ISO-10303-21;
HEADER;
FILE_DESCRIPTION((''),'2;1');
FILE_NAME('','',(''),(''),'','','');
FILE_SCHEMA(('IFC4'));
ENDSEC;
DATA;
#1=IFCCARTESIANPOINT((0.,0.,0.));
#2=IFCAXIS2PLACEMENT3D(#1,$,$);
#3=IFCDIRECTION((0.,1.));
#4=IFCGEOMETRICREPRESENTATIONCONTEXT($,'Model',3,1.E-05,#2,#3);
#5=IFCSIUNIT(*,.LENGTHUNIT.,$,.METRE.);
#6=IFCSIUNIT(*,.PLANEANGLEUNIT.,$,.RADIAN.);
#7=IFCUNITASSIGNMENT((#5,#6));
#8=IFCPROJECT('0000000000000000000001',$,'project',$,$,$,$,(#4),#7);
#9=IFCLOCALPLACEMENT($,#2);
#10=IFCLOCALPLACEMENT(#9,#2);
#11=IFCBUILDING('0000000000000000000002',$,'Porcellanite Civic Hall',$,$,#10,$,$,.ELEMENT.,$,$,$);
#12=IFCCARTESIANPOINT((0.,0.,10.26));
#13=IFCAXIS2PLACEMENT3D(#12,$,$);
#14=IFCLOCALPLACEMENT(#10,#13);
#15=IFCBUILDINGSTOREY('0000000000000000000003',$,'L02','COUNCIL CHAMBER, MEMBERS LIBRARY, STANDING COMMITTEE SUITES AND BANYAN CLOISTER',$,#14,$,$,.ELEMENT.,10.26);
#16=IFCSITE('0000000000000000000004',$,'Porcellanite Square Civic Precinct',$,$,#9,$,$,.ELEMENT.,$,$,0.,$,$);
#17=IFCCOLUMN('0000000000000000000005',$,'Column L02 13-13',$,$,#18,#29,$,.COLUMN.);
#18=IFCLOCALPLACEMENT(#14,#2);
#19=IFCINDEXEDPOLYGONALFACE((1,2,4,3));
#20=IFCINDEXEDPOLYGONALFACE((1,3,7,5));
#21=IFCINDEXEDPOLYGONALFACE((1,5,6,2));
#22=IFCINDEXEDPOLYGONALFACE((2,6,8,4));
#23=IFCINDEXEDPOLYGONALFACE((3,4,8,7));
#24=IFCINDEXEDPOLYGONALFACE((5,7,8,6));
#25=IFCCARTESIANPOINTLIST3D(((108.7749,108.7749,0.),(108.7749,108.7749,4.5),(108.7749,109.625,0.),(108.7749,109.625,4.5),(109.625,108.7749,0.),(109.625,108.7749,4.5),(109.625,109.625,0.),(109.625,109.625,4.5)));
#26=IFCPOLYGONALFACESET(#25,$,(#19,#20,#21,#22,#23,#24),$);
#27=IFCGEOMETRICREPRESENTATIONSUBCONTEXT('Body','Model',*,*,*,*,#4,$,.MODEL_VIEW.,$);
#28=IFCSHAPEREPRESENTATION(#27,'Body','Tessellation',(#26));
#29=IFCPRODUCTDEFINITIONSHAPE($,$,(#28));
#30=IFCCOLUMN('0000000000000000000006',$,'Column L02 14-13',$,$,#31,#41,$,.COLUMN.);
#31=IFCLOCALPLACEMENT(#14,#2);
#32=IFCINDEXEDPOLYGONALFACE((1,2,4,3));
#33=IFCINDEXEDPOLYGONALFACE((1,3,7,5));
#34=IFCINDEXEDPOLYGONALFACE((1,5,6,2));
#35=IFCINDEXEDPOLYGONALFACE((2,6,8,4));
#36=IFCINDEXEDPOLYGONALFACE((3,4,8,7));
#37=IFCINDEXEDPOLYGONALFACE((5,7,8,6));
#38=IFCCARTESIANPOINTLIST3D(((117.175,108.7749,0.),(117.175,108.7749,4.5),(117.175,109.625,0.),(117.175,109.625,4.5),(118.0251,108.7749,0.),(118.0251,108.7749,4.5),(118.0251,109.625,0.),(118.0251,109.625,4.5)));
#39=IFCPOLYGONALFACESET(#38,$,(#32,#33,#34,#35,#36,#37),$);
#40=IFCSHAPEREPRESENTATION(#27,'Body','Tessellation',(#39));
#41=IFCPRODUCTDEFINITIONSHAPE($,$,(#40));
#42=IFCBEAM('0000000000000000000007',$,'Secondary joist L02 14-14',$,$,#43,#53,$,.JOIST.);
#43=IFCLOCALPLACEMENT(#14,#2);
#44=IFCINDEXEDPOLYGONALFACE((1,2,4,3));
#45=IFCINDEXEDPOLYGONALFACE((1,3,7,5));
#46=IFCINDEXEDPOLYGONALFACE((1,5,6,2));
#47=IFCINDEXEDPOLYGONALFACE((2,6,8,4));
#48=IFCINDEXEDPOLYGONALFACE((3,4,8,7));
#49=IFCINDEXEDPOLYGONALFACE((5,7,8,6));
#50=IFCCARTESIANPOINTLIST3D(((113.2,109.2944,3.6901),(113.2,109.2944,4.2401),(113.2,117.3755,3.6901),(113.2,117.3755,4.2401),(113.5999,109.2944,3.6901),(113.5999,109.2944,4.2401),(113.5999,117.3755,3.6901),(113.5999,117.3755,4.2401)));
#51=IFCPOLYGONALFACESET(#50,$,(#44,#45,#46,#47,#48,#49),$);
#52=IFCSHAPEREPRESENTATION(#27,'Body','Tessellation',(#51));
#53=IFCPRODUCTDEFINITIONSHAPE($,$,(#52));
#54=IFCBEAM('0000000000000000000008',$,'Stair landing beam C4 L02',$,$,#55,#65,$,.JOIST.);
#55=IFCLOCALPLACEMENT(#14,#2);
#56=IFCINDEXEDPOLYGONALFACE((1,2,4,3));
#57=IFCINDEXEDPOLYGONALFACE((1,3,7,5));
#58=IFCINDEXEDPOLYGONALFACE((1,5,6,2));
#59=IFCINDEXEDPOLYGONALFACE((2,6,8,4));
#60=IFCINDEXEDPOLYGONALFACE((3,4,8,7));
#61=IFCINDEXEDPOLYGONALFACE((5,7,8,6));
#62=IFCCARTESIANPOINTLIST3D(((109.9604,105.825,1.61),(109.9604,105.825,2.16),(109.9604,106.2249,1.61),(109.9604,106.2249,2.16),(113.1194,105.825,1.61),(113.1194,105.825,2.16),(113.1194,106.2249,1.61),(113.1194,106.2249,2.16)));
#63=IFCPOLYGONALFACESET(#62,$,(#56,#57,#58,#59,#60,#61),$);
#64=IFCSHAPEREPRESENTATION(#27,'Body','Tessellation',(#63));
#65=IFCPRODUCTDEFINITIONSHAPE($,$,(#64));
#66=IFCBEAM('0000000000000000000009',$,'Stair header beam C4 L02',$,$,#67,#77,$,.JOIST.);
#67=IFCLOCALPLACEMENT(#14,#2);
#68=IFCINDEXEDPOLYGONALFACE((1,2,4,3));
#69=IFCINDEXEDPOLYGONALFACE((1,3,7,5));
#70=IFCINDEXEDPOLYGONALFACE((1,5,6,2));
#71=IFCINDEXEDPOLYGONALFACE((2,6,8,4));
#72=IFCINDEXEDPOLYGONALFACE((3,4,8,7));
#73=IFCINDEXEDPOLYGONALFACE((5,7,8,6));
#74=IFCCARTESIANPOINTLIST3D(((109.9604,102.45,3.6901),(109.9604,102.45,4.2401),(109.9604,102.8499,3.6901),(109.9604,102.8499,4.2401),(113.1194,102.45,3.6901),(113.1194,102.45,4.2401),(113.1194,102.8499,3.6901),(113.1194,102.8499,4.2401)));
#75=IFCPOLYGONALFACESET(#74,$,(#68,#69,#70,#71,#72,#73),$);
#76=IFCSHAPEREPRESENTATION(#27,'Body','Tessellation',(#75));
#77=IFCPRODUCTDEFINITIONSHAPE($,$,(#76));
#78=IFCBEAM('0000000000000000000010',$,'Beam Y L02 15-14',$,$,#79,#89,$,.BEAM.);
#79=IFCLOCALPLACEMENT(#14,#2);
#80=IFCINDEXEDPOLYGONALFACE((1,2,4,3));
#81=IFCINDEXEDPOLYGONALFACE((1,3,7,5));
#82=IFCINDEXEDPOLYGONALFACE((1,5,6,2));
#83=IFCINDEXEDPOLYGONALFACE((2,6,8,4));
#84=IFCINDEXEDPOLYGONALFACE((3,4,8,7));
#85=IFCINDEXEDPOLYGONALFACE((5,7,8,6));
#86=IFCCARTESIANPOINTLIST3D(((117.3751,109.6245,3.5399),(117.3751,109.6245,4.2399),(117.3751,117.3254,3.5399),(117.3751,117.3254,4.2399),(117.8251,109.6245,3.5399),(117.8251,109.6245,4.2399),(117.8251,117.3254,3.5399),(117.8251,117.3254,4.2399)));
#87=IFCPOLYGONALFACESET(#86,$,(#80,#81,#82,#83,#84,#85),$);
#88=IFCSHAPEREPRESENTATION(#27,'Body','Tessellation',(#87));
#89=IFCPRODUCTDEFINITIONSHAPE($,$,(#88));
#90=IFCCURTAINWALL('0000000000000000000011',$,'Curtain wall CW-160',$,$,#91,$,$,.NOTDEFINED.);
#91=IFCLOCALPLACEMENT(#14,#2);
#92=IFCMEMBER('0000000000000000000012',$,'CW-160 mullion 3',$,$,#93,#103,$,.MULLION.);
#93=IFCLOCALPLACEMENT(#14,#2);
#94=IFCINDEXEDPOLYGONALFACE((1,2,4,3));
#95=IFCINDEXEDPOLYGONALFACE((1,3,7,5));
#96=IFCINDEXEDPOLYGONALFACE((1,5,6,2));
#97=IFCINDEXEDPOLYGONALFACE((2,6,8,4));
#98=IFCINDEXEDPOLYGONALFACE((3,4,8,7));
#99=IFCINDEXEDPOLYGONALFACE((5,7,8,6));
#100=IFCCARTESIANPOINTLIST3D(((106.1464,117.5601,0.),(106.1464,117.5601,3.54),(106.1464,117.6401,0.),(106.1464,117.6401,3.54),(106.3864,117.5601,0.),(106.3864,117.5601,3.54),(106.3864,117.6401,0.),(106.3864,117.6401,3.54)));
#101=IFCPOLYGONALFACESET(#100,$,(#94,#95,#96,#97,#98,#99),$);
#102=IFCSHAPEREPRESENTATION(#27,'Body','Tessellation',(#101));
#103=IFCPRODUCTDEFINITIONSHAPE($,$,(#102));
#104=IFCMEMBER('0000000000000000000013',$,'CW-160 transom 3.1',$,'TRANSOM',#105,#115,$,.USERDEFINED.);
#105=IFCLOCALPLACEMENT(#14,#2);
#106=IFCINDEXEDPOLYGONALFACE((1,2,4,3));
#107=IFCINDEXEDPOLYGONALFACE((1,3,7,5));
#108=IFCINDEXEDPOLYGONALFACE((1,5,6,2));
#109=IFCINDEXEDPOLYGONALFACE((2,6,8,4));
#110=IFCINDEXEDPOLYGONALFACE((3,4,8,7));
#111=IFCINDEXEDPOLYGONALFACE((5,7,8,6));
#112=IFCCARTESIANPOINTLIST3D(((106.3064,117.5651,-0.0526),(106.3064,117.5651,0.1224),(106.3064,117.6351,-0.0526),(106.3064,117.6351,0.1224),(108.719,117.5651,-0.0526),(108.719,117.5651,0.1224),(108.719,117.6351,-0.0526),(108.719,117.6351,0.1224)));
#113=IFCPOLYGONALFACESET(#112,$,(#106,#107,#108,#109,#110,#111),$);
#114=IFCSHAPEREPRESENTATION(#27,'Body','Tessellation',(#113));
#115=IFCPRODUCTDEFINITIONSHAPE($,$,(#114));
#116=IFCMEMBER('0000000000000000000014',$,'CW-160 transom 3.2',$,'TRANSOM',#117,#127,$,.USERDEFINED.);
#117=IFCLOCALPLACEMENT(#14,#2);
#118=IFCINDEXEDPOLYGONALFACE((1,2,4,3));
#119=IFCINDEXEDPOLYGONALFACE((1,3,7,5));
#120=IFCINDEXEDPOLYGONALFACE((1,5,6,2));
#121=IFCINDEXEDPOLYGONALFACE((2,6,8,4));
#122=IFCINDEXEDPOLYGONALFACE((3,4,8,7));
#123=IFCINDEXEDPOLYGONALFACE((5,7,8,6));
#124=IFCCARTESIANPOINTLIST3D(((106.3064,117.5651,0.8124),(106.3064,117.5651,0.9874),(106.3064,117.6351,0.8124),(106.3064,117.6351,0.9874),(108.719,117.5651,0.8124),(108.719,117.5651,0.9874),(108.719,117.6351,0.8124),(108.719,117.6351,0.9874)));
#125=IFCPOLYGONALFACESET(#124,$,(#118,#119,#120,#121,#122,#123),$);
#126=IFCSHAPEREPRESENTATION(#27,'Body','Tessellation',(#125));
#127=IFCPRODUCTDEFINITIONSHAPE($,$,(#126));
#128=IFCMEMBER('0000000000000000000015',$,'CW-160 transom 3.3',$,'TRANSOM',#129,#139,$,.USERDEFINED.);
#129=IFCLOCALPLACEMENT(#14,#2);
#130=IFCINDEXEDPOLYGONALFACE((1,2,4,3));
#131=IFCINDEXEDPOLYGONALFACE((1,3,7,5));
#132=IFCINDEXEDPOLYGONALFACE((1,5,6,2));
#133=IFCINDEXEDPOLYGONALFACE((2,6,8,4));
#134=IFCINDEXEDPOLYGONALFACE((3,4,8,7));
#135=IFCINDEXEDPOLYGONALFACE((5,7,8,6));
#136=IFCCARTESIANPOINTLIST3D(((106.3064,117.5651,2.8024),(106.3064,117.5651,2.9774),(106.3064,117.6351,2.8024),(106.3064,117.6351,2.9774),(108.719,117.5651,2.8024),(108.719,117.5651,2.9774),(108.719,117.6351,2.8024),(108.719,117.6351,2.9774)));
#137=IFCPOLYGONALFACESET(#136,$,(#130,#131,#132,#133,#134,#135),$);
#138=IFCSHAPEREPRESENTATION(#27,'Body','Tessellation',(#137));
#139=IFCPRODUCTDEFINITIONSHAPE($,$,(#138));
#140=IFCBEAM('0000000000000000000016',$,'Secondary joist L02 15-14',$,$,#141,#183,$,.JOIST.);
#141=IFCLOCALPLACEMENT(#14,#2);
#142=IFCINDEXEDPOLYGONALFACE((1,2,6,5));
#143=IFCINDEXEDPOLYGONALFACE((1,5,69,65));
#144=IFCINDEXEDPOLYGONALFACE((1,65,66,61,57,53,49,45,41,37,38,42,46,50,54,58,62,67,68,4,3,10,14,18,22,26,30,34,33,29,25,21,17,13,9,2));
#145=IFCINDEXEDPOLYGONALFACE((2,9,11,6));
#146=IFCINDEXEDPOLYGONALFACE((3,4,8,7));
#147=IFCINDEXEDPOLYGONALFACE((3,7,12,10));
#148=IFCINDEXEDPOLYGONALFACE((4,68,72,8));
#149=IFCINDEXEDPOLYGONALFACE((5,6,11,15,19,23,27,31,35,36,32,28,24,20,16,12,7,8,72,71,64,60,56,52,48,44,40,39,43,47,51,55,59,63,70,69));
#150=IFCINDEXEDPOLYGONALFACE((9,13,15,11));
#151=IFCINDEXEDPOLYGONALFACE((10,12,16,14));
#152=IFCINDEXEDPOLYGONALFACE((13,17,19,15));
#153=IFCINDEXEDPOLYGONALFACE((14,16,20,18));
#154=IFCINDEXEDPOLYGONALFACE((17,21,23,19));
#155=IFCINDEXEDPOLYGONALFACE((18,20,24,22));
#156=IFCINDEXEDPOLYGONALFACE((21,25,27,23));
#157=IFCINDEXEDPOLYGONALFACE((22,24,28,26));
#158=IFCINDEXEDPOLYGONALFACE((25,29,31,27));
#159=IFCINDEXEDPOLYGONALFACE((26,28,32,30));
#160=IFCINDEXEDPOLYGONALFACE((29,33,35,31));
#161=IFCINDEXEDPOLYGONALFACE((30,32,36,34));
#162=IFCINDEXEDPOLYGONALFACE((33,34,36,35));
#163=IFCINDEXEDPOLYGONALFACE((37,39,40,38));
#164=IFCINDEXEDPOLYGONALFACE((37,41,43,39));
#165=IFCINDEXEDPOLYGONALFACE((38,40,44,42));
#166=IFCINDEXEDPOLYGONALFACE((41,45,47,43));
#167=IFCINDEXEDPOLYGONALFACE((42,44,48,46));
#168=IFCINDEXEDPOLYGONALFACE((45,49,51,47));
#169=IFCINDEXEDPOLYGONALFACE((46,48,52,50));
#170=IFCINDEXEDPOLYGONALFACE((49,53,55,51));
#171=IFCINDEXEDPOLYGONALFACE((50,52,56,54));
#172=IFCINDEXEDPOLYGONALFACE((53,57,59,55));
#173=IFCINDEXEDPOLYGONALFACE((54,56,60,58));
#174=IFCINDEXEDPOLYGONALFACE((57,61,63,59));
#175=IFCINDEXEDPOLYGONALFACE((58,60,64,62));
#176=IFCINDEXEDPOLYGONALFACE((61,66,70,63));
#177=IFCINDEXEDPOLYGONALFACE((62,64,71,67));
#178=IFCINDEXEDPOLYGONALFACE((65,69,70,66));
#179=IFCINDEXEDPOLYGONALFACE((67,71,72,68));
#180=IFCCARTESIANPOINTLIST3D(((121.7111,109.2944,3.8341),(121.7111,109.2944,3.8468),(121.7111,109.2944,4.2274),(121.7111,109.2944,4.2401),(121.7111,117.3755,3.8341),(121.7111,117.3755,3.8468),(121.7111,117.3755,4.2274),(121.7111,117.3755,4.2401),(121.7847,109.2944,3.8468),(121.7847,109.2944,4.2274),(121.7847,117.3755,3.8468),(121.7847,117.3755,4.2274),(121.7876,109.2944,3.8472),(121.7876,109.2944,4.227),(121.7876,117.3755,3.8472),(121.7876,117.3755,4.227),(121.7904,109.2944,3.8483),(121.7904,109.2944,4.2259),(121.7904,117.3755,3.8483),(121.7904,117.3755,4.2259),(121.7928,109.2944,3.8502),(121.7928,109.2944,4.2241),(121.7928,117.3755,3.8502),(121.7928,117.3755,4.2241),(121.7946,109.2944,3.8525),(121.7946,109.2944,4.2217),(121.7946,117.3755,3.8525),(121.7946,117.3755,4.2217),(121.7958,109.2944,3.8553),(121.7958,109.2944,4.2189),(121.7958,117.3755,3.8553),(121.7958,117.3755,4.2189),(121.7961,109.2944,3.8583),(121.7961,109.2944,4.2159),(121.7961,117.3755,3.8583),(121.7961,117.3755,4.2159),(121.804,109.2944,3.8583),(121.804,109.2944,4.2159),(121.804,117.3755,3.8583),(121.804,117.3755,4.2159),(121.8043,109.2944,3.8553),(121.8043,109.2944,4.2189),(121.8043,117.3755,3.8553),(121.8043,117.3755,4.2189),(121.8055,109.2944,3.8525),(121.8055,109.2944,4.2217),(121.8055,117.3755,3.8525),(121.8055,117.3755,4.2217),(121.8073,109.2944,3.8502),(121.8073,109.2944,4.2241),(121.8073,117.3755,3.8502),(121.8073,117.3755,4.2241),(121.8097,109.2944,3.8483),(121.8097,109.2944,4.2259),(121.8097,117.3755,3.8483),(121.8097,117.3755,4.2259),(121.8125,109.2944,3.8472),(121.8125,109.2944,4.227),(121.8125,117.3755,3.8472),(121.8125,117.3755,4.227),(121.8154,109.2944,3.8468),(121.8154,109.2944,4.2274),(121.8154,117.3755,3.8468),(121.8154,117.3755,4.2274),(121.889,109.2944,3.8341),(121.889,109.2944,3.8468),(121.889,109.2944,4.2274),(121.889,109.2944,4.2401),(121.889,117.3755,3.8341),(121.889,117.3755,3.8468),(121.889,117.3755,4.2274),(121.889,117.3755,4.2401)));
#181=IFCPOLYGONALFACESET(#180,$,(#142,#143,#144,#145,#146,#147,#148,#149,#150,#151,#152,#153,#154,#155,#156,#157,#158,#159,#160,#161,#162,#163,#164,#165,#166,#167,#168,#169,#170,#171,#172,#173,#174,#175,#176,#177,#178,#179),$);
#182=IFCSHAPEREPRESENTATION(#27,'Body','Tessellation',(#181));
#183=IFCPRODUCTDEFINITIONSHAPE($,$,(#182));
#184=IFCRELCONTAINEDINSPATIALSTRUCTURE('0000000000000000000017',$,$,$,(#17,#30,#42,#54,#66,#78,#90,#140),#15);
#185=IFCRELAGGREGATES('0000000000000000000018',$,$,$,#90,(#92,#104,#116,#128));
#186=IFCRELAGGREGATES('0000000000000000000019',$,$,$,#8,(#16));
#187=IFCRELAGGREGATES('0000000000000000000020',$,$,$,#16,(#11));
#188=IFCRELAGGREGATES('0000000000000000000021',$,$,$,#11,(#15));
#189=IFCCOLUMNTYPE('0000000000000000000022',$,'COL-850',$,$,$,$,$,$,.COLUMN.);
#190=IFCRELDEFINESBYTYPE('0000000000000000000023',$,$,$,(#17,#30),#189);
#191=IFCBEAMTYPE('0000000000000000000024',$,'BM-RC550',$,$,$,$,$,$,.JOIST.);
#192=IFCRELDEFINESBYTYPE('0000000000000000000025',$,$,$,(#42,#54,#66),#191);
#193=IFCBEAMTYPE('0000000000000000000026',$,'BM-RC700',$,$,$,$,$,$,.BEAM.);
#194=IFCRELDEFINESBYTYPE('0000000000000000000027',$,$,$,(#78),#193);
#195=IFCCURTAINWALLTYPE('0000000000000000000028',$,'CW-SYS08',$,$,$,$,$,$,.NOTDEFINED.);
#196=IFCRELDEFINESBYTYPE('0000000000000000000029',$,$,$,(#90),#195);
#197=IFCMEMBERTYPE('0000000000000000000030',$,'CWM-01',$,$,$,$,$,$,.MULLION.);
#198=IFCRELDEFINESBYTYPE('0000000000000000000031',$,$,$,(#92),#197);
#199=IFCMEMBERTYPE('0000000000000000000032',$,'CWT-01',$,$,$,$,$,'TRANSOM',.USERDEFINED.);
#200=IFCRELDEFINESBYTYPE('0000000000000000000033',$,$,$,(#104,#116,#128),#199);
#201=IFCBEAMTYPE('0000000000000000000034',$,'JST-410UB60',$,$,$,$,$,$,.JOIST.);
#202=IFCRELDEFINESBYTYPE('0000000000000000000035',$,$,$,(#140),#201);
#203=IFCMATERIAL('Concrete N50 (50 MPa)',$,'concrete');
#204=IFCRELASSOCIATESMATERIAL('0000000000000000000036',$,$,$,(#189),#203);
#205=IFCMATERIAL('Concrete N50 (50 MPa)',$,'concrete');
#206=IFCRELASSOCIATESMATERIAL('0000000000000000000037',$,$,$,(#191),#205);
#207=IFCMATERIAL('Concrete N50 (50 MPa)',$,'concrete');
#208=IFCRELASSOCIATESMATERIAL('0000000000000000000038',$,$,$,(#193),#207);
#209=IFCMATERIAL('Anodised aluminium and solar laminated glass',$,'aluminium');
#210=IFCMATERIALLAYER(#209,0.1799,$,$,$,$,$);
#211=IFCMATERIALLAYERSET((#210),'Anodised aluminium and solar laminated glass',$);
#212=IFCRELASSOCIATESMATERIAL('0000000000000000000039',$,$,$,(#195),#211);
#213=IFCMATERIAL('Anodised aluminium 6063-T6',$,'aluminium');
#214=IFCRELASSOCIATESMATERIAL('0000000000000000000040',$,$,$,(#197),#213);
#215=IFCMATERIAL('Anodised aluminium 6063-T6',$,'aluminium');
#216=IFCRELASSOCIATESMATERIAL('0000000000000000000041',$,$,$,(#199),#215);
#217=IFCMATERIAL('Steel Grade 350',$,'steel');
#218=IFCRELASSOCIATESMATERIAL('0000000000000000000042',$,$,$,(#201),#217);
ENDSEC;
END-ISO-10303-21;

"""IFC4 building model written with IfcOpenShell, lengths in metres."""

from ifc_helpers import new_model, si_unit, direction, frame, origin, origin_2d, place, context, subcontext, project, spatial, rectangle, i_section, extrude, material, layer, layer_set, material_profile, profile_set, type_object, element, aggregate, save


model = new_model("IFC4")

# Units and contexts
model_context = context("Model", 3, precision=1e-05, world=origin(), true_north=direction((0.0, 1.0)))
body_context = subcontext(model_context, "Body", "Model", "MODEL_VIEW")
ifc_project = project(units=[si_unit("LENGTHUNIT", "METRE"), si_unit("PLANEANGLEUNIT", "RADIAN")], contexts=[model_context])

# Site, building, storey
site_placement = place(None, origin())
site = spatial("IfcSite", under=ifc_project, at=site_placement, Name="Porcellanite Square Civic Precinct", CompositionType="ELEMENT", RefElevation=0.0)
building_placement = place(site_placement, origin())
building = spatial("IfcBuilding", under=site, at=building_placement, Name="Porcellanite Civic Hall", CompositionType="ELEMENT")
storey_placement = place(building_placement, frame((0.0, 0.0, 10.26)))
storey = spatial("IfcBuildingStorey", under=building, at=storey_placement, Name="L02", Description="COUNCIL CHAMBER, MEMBERS LIBRARY, STANDING COMMITTEE SUITES AND BANYAN CLOISTER", CompositionType="ELEMENT", Elevation=10.26)

# Columns
ifc_material_1 = material(Name="Concrete N50 (50 MPa)", Category="concrete")
ifc_material_profile_1 = material_profile(ifc_material_1, rectangle(XDim=0.8501, YDim=0.8501, at=origin_2d()), Name="RC-850x850")
ifc_profile_set_1 = profile_set([ifc_material_profile_1], Name="Concrete N50 (50 MPa)")
column_type = type_object("IfcColumnType", Name="COL-850", PredefinedType="COLUMN", material=ifc_profile_set_1)
for number, where, z_axis, x_axis, name in (
    (1, (109.2, 109.2, 0.0), (0.0, 0.0, 1.0), (1.0, 0.0, 0.0), "Column L02 13-13"),
    (2, (117.6001, 109.2, 0.0), (0.0, 0.0, 1.0), (1.0, 0.0, 0.0), "Column L02 14-13"),
):
    element("IfcColumn", number, at=place(storey_placement, frame(where, z_axis=z_axis, x_axis=x_axis)), inside=storey, type_object=column_type, Name=name, PredefinedType="COLUMN", context=body_context, shape_type="SweptSolid", body=[
        extrude(rectangle(XDim=0.8501, YDim=0.8501, at=origin_2d()), origin(), (0.0, 0.0, 1.0), 4.5),
    ])

# Beams
ifc_material_2 = material(Name="Concrete N50 (50 MPa)", Category="concrete")
ifc_material_profile_2 = material_profile(ifc_material_2, rectangle(XDim=0.3999, YDim=0.55, at=origin_2d()), Name="RC-400x550")
ifc_profile_set_2 = profile_set([ifc_material_profile_2], Name="Concrete N50 (50 MPa)")
beam_type_1 = type_object("IfcBeamType", Name="BM-RC550", PredefinedType="JOIST", material=ifc_profile_set_2)
beam_1_placement = place(storey_placement, frame((113.3999, 109.2944, 3.9651), z_axis=(0.0, 1.0, 0.0), x_axis=(-1.0, 0.0, 0.0)))
element("IfcBeam", 3, at=beam_1_placement, inside=storey, type_object=beam_type_1, Name="Secondary joist L02 14-14", PredefinedType="JOIST", context=body_context, shape_type="SweptSolid", body=[
    extrude(rectangle(XDim=0.3999, YDim=0.55, at=origin_2d()), origin(), (0.0, 0.0, 1.0), 8.0811),
])
for number, where, z_axis, x_axis, name in (
    (4, (109.9604, 106.0249, 1.885), (1.0, 0.0, 0.0), (0.0, 1.0, 0.0), "Stair landing beam C4 L02"),
    (5, (109.9604, 102.6499, 3.9651), (1.0, 0.0, 0.0), (0.0, 1.0, 0.0), "Stair header beam C4 L02"),
):
    element("IfcBeam", number, at=place(storey_placement, frame(where, z_axis=z_axis, x_axis=x_axis)), inside=storey, type_object=beam_type_1, Name=name, PredefinedType="JOIST", context=body_context, shape_type="SweptSolid", body=[
        extrude(rectangle(XDim=0.3999, YDim=0.55, at=origin_2d()), origin(), (0.0, 0.0, 1.0), 3.1589),
    ])
ifc_material_3 = material(Name="Concrete N50 (50 MPa)", Category="concrete")
ifc_material_profile_3 = material_profile(ifc_material_3, rectangle(XDim=0.45, YDim=0.7, at=origin_2d()), Name="RC-450x700")
ifc_profile_set_3 = profile_set([ifc_material_profile_3], Name="Concrete N50 (50 MPa)")
beam_type_2 = type_object("IfcBeamType", Name="BM-RC700", PredefinedType="BEAM", material=ifc_profile_set_3)
beam_2_placement = place(storey_placement, frame((117.6001, 109.6245, 3.8899), z_axis=(0.0, 1.0, 0.0), x_axis=(-1.0, 0.0, 0.0)))
element("IfcBeam", 6, at=beam_2_placement, inside=storey, type_object=beam_type_2, Name="Beam Y L02 15-14", PredefinedType="BEAM", context=body_context, shape_type="SweptSolid", body=[
    extrude(rectangle(XDim=0.45, YDim=0.7, at=origin_2d()), origin(), (0.0, 0.0, 1.0), 7.7009),
])

# Curtain wall, members
ifc_material_4 = material(Name="Anodised aluminium and solar laminated glass", Category="aluminium")
ifc_layer_1 = layer(ifc_material_4, 0.1799)
ifc_layer_set_1 = layer_set([ifc_layer_1], Name="Anodised aluminium and solar laminated glass")
curtain_wall_type = type_object("IfcCurtainWallType", Name="CW-SYS08", PredefinedType="NOTDEFINED", material=ifc_layer_set_1)
curtain_wall_placement = place(storey_placement, origin())
curtain_wall = element("IfcCurtainWall", 7, at=curtain_wall_placement, inside=storey, type_object=curtain_wall_type, Name="Curtain wall CW-160", PredefinedType="NOTDEFINED")
ifc_material_5 = material(Name="Anodised aluminium 6063-T6", Category="aluminium")
ifc_material_profile_4 = material_profile(ifc_material_5, rectangle(XDim=0.0801, YDim=0.24, at=origin_2d()), Name="AL-80x240")
ifc_profile_set_4 = profile_set([ifc_material_profile_4], Name="Anodised aluminium 6063-T6")
member_type_1 = type_object("IfcMemberType", Name="CWM-01", PredefinedType="MULLION", material=ifc_profile_set_4)
member_1_placement = place(storey_placement, frame((106.2664, 117.6001, 0.0), z_axis=(0.0, 0.0, 1.0), x_axis=(0.0, 1.0, 0.0)))
member_1 = element("IfcMember", 8, at=member_1_placement, type_object=member_type_1, Name="CW-160 mullion 3", PredefinedType="MULLION", context=body_context, shape_type="SweptSolid", body=[
    extrude(rectangle(XDim=0.0801, YDim=0.24, at=origin_2d()), origin(), (0.0, 0.0, 1.0), 3.54),
])
ifc_material_6 = material(Name="Anodised aluminium 6063-T6", Category="aluminium")
ifc_material_profile_5 = material_profile(ifc_material_6, rectangle(XDim=0.0701, YDim=0.175, at=origin_2d()), Name="AL-70x175")
ifc_profile_set_5 = profile_set([ifc_material_profile_5], Name="Anodised aluminium 6063-T6")
member_type_2 = type_object("IfcMemberType", Name="CWT-01", ElementType="TRANSOM", PredefinedType="USERDEFINED", material=ifc_profile_set_5)
member_2_placement = place(storey_placement, frame((106.3064, 117.6001, 0.0349), z_axis=(1.0, 0.0, 0.0), x_axis=(0.0, 1.0, 0.0)))
member_2 = element("IfcMember", 9, at=member_2_placement, type_object=member_type_2, Name="CW-160 transom 3.1", ObjectType="TRANSOM", PredefinedType="USERDEFINED", context=body_context, shape_type="SweptSolid", body=[
    extrude(rectangle(XDim=0.0701, YDim=0.175, at=origin_2d()), origin(), (0.0, 0.0, 1.0), 2.4126),
])
member_3_placement = place(storey_placement, frame((106.3064, 117.6001, 0.8999), z_axis=(1.0, 0.0, 0.0), x_axis=(0.0, 1.0, 0.0)))
member_3 = element("IfcMember", 10, at=member_3_placement, type_object=member_type_2, Name="CW-160 transom 3.2", ObjectType="TRANSOM", PredefinedType="USERDEFINED", context=body_context, shape_type="SweptSolid", body=[
    extrude(rectangle(XDim=0.0701, YDim=0.175, at=origin_2d()), origin(), (0.0, 0.0, 1.0), 2.4126),
])
member_4_placement = place(storey_placement, frame((106.3064, 117.6001, 2.8899), z_axis=(1.0, 0.0, 0.0), x_axis=(0.0, 1.0, 0.0)))
member_4 = element("IfcMember", 11, at=member_4_placement, type_object=member_type_2, Name="CW-160 transom 3.3", ObjectType="TRANSOM", PredefinedType="USERDEFINED", context=body_context, shape_type="SweptSolid", body=[
    extrude(rectangle(XDim=0.0701, YDim=0.175, at=origin_2d()), origin(), (0.0, 0.0, 1.0), 2.4126),
])
aggregate(curtain_wall, [member_1, member_2, member_3, member_4])

# Beam
ifc_material_7 = material(Name="Steel Grade 350", Category="steel")
ifc_material_profile_6 = material_profile(ifc_material_7, i_section(OverallWidth=0.178, OverallDepth=0.406, WebThickness=0.0078, FlangeThickness=0.0127, FilletRadius=0.0115, at=origin_2d()), Name="410UB59.7")
ifc_profile_set_6 = profile_set([ifc_material_profile_6], Name="Steel Grade 350")
beam_type_3 = type_object("IfcBeamType", Name="JST-410UB60", PredefinedType="JOIST", material=ifc_profile_set_6)
beam_3_placement = place(storey_placement, frame((121.8, 109.2944, 4.0371), z_axis=(0.0, 1.0, 0.0), x_axis=(-1.0, 0.0, 0.0)))
element("IfcBeam", 12, at=beam_3_placement, inside=storey, type_object=beam_type_3, Name="Secondary joist L02 15-14", PredefinedType="JOIST", context=body_context, shape_type="SweptSolid", body=[
    extrude(i_section(OverallWidth=0.178, OverallDepth=0.406, WebThickness=0.0078, FlangeThickness=0.0127, FilletRadius=0.0115, at=origin_2d()), origin(), (0.0, 0.0, 1.0), 8.0811),
])

save(model, "model.ifc")
